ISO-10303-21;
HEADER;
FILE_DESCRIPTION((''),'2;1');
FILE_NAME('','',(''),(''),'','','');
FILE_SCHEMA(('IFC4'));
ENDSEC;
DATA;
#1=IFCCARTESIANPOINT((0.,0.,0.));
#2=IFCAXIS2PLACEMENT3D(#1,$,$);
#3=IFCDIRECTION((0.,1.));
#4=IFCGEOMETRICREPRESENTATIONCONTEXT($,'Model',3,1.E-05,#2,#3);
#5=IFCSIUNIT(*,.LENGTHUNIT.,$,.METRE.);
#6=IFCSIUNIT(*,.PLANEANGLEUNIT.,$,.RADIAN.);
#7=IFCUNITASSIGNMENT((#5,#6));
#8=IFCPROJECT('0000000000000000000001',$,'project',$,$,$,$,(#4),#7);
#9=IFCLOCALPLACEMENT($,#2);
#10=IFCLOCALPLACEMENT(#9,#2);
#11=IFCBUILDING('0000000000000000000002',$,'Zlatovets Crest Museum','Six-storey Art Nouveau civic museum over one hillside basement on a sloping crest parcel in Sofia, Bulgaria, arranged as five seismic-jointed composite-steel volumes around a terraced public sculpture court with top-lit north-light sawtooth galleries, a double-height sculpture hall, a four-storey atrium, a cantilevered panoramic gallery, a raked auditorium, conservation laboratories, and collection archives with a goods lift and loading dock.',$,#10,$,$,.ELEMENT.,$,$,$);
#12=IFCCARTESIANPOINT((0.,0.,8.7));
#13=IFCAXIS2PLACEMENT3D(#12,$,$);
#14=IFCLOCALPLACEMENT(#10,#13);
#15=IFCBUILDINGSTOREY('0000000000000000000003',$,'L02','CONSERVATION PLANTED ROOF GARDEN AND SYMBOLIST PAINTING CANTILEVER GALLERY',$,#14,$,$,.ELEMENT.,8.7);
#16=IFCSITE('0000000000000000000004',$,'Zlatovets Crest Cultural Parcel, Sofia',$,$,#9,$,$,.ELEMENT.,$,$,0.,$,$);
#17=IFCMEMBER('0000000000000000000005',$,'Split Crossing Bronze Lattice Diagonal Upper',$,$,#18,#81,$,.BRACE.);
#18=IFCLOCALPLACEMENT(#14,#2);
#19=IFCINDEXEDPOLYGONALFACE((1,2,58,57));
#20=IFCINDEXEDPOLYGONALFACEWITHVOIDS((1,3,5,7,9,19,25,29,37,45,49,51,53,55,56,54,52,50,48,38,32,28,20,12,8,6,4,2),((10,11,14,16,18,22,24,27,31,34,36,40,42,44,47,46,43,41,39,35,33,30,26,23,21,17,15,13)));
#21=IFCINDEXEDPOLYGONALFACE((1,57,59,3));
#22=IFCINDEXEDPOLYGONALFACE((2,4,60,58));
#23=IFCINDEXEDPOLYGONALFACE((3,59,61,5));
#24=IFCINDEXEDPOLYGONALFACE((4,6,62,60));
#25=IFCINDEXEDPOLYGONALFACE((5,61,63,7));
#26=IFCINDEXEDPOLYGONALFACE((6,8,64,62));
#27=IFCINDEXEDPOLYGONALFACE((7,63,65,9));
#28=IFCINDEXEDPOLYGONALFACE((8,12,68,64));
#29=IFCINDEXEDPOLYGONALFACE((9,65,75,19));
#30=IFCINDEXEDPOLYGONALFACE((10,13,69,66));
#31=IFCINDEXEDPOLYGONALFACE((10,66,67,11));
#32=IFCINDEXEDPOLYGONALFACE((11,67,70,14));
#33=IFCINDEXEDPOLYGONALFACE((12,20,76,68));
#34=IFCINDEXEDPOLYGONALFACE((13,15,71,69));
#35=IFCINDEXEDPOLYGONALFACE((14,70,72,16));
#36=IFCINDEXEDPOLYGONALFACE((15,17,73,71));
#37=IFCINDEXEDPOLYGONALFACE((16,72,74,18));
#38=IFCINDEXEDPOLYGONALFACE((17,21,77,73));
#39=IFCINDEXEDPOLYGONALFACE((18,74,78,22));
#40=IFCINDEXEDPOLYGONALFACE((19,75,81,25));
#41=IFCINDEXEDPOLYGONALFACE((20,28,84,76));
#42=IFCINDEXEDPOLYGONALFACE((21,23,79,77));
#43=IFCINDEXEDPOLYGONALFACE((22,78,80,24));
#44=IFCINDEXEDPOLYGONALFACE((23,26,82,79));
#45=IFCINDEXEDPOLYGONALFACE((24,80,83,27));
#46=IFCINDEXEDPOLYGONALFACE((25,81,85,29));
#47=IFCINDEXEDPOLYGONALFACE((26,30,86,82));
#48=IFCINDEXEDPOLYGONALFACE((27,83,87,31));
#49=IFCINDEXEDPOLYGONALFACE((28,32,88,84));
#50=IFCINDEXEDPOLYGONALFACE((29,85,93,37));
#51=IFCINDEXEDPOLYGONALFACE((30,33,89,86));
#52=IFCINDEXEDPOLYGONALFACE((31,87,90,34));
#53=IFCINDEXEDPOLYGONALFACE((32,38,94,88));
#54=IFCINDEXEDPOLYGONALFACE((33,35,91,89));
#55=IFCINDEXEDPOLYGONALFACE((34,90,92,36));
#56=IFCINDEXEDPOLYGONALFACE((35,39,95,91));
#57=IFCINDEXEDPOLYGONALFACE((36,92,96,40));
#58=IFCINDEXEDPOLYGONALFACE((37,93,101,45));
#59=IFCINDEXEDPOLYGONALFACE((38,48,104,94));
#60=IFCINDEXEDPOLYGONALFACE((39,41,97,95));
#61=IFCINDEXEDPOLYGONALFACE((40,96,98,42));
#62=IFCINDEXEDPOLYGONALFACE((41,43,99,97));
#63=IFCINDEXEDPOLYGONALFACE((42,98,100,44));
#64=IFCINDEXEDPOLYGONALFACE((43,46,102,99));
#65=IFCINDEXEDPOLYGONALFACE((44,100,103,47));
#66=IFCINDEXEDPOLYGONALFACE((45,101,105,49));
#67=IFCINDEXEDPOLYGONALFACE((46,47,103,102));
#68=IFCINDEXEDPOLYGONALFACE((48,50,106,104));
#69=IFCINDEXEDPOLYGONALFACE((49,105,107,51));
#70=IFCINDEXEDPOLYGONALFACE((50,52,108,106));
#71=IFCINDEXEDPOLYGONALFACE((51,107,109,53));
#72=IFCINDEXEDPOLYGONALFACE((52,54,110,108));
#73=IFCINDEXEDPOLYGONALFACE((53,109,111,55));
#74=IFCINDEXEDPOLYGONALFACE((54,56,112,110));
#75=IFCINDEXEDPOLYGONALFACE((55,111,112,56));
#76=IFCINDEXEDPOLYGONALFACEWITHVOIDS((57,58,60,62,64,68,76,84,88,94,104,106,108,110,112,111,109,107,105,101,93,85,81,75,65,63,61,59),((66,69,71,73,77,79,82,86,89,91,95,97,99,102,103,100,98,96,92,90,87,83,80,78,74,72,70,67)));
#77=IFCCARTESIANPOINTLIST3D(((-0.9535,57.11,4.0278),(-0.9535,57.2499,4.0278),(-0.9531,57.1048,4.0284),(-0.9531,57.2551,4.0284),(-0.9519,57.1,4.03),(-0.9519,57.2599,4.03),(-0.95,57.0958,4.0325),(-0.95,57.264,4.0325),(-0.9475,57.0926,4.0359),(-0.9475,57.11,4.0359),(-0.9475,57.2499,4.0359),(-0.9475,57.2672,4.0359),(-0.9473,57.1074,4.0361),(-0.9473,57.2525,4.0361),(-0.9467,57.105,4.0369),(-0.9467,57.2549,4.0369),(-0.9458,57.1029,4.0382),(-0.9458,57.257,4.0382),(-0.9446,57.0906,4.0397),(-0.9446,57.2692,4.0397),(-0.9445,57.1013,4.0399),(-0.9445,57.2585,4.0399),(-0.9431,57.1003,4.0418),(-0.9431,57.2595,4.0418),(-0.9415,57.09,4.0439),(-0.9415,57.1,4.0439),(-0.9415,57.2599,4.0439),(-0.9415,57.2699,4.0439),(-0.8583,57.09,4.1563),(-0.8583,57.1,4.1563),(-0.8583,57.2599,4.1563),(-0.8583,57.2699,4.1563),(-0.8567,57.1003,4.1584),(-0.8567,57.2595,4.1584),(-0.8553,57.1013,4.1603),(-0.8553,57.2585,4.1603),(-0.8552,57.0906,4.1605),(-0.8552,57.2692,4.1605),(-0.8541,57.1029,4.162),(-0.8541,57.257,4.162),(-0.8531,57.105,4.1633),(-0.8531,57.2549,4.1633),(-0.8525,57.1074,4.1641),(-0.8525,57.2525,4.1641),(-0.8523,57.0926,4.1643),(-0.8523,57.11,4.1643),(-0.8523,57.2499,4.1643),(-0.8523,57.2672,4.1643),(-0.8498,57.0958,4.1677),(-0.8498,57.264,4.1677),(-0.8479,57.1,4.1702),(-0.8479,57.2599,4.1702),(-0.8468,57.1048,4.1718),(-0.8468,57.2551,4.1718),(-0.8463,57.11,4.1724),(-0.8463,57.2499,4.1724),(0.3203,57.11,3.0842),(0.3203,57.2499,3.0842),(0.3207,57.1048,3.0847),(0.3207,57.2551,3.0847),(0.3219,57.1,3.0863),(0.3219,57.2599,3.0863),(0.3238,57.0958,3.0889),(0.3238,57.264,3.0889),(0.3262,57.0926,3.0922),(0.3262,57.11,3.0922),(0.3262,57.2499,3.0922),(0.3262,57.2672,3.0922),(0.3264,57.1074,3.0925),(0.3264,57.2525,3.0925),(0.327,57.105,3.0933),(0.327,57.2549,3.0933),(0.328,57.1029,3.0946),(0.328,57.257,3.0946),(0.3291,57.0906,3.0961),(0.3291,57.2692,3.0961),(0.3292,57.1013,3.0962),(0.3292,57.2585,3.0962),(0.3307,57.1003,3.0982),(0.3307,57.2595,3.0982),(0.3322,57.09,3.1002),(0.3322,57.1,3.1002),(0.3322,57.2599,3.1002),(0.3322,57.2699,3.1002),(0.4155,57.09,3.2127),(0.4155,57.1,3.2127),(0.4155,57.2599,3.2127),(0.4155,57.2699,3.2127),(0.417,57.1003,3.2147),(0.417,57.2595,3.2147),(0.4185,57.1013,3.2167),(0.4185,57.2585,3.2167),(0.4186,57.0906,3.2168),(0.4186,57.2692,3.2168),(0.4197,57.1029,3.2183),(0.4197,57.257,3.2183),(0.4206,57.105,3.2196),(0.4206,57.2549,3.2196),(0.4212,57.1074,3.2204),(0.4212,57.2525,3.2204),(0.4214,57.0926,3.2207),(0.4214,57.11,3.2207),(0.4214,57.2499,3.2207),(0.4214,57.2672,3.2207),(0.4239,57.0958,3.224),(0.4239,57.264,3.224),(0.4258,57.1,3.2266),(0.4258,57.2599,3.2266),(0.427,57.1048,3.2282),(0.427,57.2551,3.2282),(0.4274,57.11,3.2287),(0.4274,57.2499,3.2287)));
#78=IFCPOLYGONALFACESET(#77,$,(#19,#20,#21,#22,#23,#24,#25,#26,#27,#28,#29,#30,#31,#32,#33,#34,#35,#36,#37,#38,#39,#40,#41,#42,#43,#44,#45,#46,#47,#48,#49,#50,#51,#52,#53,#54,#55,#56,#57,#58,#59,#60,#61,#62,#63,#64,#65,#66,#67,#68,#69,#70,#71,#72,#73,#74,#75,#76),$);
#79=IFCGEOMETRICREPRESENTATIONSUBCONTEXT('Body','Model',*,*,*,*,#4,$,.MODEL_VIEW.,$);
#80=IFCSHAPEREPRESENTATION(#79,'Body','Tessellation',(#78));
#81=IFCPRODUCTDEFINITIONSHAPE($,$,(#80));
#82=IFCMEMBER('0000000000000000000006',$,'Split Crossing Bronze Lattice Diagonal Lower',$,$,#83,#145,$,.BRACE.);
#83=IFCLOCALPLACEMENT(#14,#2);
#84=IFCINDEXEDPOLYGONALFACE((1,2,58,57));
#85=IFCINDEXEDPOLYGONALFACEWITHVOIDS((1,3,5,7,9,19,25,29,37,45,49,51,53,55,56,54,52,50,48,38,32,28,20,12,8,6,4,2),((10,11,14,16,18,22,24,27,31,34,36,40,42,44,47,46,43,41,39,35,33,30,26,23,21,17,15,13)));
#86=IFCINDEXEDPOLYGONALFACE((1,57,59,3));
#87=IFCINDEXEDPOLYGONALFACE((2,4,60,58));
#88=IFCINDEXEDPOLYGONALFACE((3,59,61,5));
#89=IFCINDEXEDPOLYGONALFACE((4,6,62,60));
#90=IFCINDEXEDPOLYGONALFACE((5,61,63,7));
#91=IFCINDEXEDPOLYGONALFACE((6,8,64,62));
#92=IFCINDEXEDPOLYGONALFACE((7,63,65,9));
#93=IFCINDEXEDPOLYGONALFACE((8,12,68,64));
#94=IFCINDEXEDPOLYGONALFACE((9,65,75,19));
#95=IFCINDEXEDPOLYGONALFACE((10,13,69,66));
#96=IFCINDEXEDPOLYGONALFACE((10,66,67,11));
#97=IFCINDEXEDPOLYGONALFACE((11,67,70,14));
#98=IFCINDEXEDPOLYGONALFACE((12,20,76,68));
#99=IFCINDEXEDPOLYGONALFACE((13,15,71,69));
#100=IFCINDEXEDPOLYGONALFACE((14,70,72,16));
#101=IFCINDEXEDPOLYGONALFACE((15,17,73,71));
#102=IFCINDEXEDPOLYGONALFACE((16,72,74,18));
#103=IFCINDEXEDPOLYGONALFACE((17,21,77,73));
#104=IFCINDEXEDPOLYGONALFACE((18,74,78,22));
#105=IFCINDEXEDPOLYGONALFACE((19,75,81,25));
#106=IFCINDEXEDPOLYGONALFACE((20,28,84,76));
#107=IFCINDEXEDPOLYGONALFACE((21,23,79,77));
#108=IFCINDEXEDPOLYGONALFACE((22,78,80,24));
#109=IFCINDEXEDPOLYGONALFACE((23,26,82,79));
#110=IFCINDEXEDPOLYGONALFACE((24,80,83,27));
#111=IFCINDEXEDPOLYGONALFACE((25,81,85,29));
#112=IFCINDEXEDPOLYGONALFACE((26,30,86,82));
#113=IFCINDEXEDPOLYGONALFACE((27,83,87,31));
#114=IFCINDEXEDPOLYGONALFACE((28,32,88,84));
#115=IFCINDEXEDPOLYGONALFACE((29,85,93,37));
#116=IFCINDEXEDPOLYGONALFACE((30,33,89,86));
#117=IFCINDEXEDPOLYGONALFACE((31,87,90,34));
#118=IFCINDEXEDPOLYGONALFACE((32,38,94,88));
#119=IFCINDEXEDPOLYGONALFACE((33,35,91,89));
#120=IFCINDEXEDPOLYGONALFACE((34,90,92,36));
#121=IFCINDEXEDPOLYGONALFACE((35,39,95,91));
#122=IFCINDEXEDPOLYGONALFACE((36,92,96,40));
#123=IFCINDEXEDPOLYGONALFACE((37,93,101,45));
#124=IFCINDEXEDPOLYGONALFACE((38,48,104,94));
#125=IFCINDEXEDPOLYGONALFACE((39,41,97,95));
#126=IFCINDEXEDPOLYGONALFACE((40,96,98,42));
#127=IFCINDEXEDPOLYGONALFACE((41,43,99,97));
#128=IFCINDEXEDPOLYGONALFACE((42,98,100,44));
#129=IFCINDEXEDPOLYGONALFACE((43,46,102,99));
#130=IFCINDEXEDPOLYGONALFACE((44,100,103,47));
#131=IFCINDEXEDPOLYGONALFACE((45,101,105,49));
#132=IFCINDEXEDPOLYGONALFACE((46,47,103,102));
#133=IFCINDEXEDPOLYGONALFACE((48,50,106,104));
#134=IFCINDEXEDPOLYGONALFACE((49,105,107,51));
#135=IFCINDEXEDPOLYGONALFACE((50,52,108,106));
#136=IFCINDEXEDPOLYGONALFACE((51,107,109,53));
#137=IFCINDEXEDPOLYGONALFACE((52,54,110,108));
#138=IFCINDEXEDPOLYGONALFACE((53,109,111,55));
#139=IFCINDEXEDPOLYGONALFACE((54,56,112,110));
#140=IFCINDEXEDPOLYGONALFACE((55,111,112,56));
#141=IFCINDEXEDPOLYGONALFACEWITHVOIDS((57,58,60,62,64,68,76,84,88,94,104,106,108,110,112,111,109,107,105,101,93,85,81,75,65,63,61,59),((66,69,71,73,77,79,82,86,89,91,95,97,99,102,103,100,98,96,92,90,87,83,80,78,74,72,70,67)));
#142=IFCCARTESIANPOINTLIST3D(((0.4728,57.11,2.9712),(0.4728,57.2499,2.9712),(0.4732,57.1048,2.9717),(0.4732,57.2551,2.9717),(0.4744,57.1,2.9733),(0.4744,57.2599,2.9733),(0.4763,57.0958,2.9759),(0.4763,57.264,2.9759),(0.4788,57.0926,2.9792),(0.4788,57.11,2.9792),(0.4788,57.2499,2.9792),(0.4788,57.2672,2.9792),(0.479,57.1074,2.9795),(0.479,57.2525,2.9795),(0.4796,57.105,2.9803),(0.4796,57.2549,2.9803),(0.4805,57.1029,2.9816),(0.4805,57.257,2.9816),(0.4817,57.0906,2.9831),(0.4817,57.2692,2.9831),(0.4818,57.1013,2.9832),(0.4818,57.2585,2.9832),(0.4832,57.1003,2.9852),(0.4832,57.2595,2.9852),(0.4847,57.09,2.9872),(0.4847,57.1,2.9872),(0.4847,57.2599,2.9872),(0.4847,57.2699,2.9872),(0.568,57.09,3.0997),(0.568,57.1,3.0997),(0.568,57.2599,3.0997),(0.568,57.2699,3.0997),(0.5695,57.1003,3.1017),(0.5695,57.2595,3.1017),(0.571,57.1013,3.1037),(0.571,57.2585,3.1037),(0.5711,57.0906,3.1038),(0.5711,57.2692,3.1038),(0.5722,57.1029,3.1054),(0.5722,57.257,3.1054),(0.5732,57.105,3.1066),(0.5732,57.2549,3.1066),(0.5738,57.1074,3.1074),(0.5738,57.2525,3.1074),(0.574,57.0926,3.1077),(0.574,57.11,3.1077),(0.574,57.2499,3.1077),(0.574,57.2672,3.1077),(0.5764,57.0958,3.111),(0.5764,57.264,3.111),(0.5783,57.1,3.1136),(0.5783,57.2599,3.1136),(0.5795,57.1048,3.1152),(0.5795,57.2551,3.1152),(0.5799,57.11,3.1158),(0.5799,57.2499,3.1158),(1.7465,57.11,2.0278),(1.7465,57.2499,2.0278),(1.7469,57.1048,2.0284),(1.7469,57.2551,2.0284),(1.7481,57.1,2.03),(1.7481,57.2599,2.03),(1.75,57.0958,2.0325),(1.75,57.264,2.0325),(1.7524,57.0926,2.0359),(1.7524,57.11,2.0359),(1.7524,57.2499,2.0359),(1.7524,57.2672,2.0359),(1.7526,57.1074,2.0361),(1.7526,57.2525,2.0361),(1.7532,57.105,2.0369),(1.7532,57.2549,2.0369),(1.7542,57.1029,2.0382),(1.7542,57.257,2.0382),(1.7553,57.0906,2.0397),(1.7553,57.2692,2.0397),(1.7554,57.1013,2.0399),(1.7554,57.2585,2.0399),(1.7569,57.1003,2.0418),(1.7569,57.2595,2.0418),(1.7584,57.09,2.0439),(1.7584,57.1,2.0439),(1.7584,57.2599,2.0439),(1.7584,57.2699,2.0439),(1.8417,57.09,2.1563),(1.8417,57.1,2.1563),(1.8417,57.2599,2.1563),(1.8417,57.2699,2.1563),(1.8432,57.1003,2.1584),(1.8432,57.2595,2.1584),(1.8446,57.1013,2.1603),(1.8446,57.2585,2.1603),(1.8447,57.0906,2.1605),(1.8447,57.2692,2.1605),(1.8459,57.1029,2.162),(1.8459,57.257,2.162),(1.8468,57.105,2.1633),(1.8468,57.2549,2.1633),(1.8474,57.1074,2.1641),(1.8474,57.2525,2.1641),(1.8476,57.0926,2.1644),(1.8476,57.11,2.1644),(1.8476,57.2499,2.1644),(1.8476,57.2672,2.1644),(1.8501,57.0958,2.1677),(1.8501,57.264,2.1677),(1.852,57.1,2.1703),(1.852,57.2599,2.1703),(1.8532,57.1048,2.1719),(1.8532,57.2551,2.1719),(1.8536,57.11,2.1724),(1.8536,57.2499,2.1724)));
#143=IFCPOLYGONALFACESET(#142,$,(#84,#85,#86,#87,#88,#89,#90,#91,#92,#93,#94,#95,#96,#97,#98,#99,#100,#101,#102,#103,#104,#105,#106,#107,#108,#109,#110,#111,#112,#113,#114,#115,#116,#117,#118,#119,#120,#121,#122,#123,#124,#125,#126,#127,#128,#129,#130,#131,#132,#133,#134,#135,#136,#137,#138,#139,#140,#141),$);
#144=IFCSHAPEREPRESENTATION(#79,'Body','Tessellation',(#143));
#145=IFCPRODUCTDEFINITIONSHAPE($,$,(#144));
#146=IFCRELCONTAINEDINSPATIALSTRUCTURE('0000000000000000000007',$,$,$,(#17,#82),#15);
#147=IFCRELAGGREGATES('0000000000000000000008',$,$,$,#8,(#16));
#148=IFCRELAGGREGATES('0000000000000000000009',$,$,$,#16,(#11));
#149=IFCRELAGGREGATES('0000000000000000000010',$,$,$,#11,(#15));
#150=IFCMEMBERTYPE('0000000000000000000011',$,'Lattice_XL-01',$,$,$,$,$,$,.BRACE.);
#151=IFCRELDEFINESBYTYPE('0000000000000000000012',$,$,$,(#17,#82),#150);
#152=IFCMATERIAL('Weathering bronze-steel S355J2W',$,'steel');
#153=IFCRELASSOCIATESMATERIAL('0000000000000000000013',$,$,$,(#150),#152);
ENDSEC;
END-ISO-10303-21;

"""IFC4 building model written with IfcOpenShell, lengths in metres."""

from ifc_helpers import new_model, si_unit, direction, frame, origin, origin_2d, place, context, subcontext, project, spatial, hollow_rectangle, extrude, material, material_profile, profile_set, type_object, element, save


model = new_model("IFC4")

# Units and contexts
model_context = context("Model", 3, precision=1e-05, world=origin(), true_north=direction((0.0, 1.0)))
body_context = subcontext(model_context, "Body", "Model", "MODEL_VIEW")
ifc_project = project(units=[si_unit("LENGTHUNIT", "METRE"), si_unit("PLANEANGLEUNIT", "RADIAN")], contexts=[model_context])

# Site, building, storey
site_placement = place(None, origin())
site = spatial("IfcSite", under=ifc_project, at=site_placement, Name="Zlatovets Crest Cultural Parcel, Sofia", CompositionType="ELEMENT", RefElevation=0.0)
building_placement = place(site_placement, origin())
building = spatial("IfcBuilding", under=site, at=building_placement, Name="Zlatovets Crest Museum", Description="Six-storey Art Nouveau civic museum over one hillside basement on a sloping crest parcel in Sofia, Bulgaria, arranged as five seismic-jointed composite-steel volumes around a terraced public sculpture court with top-lit north-light sawtooth galleries, a double-height sculpture hall, a four-storey atrium, a cantilevered panoramic gallery, a raked auditorium, conservation laboratories, and collection archives with a goods lift and loading dock.", CompositionType="ELEMENT")
storey_placement = place(building_placement, frame((0.0, 0.0, 8.7)))
storey = spatial("IfcBuildingStorey", under=building, at=storey_placement, Name="L02", Description="CONSERVATION PLANTED ROOF GARDEN AND SYMBOLIST PAINTING CANTILEVER GALLERY", CompositionType="ELEMENT", Elevation=8.7)

# Members
ifc_material_1 = material(Name="Weathering bronze-steel S355J2W", Category="steel")
ifc_material_profile_1 = material_profile(ifc_material_1, hollow_rectangle(XDim=0.1799, YDim=0.1799, WallThickness=0.01, InnerFilletRadius=0.01, OuterFilletRadius=0.02, at=origin_2d()), Name="SHS 180x180x10.0")
ifc_profile_set_1 = profile_set([ifc_material_profile_1], Name="Weathering bronze-steel S355J2W")
member_type_1 = type_object("IfcMemberType", Name="Lattice_XL-01", PredefinedType="BRACE", material=ifc_profile_set_1)
member_1_placement = place(storey_placement, frame((-0.8999, 57.1799, 4.1001), z_axis=(0.803516, 0.0, -0.595283), x_axis=(0.0, 1.0, 0.0)))
element("IfcMember", 1, at=member_1_placement, inside=storey, type_object=member_type_1, Name="Split Crossing Bronze Lattice Diagonal Upper", PredefinedType="BRACE", context=body_context, shape_type="SweptSolid", body=[
    extrude(hollow_rectangle(XDim=0.1799, YDim=0.1799, WallThickness=0.01, InnerFilletRadius=0.01, OuterFilletRadius=0.02, at=origin_2d()), origin(), (0.0, 0.0, 1.0), 1.5852),
])
member_2_placement = place(storey_placement, frame((0.5264, 57.1799, 3.0435), z_axis=(0.80359, 0.0, -0.595183), x_axis=(0.0, 1.0, 0.0)))
element("IfcMember", 2, at=member_2_placement, inside=storey, type_object=member_type_1, Name="Split Crossing Bronze Lattice Diagonal Lower", PredefinedType="BRACE", context=body_context, shape_type="SweptSolid", body=[
    extrude(hollow_rectangle(XDim=0.1799, YDim=0.1799, WallThickness=0.01, InnerFilletRadius=0.01, OuterFilletRadius=0.02, at=origin_2d()), origin(), (0.0, 0.0, 1.0), 1.585),
])

save(model, "model.ifc")
